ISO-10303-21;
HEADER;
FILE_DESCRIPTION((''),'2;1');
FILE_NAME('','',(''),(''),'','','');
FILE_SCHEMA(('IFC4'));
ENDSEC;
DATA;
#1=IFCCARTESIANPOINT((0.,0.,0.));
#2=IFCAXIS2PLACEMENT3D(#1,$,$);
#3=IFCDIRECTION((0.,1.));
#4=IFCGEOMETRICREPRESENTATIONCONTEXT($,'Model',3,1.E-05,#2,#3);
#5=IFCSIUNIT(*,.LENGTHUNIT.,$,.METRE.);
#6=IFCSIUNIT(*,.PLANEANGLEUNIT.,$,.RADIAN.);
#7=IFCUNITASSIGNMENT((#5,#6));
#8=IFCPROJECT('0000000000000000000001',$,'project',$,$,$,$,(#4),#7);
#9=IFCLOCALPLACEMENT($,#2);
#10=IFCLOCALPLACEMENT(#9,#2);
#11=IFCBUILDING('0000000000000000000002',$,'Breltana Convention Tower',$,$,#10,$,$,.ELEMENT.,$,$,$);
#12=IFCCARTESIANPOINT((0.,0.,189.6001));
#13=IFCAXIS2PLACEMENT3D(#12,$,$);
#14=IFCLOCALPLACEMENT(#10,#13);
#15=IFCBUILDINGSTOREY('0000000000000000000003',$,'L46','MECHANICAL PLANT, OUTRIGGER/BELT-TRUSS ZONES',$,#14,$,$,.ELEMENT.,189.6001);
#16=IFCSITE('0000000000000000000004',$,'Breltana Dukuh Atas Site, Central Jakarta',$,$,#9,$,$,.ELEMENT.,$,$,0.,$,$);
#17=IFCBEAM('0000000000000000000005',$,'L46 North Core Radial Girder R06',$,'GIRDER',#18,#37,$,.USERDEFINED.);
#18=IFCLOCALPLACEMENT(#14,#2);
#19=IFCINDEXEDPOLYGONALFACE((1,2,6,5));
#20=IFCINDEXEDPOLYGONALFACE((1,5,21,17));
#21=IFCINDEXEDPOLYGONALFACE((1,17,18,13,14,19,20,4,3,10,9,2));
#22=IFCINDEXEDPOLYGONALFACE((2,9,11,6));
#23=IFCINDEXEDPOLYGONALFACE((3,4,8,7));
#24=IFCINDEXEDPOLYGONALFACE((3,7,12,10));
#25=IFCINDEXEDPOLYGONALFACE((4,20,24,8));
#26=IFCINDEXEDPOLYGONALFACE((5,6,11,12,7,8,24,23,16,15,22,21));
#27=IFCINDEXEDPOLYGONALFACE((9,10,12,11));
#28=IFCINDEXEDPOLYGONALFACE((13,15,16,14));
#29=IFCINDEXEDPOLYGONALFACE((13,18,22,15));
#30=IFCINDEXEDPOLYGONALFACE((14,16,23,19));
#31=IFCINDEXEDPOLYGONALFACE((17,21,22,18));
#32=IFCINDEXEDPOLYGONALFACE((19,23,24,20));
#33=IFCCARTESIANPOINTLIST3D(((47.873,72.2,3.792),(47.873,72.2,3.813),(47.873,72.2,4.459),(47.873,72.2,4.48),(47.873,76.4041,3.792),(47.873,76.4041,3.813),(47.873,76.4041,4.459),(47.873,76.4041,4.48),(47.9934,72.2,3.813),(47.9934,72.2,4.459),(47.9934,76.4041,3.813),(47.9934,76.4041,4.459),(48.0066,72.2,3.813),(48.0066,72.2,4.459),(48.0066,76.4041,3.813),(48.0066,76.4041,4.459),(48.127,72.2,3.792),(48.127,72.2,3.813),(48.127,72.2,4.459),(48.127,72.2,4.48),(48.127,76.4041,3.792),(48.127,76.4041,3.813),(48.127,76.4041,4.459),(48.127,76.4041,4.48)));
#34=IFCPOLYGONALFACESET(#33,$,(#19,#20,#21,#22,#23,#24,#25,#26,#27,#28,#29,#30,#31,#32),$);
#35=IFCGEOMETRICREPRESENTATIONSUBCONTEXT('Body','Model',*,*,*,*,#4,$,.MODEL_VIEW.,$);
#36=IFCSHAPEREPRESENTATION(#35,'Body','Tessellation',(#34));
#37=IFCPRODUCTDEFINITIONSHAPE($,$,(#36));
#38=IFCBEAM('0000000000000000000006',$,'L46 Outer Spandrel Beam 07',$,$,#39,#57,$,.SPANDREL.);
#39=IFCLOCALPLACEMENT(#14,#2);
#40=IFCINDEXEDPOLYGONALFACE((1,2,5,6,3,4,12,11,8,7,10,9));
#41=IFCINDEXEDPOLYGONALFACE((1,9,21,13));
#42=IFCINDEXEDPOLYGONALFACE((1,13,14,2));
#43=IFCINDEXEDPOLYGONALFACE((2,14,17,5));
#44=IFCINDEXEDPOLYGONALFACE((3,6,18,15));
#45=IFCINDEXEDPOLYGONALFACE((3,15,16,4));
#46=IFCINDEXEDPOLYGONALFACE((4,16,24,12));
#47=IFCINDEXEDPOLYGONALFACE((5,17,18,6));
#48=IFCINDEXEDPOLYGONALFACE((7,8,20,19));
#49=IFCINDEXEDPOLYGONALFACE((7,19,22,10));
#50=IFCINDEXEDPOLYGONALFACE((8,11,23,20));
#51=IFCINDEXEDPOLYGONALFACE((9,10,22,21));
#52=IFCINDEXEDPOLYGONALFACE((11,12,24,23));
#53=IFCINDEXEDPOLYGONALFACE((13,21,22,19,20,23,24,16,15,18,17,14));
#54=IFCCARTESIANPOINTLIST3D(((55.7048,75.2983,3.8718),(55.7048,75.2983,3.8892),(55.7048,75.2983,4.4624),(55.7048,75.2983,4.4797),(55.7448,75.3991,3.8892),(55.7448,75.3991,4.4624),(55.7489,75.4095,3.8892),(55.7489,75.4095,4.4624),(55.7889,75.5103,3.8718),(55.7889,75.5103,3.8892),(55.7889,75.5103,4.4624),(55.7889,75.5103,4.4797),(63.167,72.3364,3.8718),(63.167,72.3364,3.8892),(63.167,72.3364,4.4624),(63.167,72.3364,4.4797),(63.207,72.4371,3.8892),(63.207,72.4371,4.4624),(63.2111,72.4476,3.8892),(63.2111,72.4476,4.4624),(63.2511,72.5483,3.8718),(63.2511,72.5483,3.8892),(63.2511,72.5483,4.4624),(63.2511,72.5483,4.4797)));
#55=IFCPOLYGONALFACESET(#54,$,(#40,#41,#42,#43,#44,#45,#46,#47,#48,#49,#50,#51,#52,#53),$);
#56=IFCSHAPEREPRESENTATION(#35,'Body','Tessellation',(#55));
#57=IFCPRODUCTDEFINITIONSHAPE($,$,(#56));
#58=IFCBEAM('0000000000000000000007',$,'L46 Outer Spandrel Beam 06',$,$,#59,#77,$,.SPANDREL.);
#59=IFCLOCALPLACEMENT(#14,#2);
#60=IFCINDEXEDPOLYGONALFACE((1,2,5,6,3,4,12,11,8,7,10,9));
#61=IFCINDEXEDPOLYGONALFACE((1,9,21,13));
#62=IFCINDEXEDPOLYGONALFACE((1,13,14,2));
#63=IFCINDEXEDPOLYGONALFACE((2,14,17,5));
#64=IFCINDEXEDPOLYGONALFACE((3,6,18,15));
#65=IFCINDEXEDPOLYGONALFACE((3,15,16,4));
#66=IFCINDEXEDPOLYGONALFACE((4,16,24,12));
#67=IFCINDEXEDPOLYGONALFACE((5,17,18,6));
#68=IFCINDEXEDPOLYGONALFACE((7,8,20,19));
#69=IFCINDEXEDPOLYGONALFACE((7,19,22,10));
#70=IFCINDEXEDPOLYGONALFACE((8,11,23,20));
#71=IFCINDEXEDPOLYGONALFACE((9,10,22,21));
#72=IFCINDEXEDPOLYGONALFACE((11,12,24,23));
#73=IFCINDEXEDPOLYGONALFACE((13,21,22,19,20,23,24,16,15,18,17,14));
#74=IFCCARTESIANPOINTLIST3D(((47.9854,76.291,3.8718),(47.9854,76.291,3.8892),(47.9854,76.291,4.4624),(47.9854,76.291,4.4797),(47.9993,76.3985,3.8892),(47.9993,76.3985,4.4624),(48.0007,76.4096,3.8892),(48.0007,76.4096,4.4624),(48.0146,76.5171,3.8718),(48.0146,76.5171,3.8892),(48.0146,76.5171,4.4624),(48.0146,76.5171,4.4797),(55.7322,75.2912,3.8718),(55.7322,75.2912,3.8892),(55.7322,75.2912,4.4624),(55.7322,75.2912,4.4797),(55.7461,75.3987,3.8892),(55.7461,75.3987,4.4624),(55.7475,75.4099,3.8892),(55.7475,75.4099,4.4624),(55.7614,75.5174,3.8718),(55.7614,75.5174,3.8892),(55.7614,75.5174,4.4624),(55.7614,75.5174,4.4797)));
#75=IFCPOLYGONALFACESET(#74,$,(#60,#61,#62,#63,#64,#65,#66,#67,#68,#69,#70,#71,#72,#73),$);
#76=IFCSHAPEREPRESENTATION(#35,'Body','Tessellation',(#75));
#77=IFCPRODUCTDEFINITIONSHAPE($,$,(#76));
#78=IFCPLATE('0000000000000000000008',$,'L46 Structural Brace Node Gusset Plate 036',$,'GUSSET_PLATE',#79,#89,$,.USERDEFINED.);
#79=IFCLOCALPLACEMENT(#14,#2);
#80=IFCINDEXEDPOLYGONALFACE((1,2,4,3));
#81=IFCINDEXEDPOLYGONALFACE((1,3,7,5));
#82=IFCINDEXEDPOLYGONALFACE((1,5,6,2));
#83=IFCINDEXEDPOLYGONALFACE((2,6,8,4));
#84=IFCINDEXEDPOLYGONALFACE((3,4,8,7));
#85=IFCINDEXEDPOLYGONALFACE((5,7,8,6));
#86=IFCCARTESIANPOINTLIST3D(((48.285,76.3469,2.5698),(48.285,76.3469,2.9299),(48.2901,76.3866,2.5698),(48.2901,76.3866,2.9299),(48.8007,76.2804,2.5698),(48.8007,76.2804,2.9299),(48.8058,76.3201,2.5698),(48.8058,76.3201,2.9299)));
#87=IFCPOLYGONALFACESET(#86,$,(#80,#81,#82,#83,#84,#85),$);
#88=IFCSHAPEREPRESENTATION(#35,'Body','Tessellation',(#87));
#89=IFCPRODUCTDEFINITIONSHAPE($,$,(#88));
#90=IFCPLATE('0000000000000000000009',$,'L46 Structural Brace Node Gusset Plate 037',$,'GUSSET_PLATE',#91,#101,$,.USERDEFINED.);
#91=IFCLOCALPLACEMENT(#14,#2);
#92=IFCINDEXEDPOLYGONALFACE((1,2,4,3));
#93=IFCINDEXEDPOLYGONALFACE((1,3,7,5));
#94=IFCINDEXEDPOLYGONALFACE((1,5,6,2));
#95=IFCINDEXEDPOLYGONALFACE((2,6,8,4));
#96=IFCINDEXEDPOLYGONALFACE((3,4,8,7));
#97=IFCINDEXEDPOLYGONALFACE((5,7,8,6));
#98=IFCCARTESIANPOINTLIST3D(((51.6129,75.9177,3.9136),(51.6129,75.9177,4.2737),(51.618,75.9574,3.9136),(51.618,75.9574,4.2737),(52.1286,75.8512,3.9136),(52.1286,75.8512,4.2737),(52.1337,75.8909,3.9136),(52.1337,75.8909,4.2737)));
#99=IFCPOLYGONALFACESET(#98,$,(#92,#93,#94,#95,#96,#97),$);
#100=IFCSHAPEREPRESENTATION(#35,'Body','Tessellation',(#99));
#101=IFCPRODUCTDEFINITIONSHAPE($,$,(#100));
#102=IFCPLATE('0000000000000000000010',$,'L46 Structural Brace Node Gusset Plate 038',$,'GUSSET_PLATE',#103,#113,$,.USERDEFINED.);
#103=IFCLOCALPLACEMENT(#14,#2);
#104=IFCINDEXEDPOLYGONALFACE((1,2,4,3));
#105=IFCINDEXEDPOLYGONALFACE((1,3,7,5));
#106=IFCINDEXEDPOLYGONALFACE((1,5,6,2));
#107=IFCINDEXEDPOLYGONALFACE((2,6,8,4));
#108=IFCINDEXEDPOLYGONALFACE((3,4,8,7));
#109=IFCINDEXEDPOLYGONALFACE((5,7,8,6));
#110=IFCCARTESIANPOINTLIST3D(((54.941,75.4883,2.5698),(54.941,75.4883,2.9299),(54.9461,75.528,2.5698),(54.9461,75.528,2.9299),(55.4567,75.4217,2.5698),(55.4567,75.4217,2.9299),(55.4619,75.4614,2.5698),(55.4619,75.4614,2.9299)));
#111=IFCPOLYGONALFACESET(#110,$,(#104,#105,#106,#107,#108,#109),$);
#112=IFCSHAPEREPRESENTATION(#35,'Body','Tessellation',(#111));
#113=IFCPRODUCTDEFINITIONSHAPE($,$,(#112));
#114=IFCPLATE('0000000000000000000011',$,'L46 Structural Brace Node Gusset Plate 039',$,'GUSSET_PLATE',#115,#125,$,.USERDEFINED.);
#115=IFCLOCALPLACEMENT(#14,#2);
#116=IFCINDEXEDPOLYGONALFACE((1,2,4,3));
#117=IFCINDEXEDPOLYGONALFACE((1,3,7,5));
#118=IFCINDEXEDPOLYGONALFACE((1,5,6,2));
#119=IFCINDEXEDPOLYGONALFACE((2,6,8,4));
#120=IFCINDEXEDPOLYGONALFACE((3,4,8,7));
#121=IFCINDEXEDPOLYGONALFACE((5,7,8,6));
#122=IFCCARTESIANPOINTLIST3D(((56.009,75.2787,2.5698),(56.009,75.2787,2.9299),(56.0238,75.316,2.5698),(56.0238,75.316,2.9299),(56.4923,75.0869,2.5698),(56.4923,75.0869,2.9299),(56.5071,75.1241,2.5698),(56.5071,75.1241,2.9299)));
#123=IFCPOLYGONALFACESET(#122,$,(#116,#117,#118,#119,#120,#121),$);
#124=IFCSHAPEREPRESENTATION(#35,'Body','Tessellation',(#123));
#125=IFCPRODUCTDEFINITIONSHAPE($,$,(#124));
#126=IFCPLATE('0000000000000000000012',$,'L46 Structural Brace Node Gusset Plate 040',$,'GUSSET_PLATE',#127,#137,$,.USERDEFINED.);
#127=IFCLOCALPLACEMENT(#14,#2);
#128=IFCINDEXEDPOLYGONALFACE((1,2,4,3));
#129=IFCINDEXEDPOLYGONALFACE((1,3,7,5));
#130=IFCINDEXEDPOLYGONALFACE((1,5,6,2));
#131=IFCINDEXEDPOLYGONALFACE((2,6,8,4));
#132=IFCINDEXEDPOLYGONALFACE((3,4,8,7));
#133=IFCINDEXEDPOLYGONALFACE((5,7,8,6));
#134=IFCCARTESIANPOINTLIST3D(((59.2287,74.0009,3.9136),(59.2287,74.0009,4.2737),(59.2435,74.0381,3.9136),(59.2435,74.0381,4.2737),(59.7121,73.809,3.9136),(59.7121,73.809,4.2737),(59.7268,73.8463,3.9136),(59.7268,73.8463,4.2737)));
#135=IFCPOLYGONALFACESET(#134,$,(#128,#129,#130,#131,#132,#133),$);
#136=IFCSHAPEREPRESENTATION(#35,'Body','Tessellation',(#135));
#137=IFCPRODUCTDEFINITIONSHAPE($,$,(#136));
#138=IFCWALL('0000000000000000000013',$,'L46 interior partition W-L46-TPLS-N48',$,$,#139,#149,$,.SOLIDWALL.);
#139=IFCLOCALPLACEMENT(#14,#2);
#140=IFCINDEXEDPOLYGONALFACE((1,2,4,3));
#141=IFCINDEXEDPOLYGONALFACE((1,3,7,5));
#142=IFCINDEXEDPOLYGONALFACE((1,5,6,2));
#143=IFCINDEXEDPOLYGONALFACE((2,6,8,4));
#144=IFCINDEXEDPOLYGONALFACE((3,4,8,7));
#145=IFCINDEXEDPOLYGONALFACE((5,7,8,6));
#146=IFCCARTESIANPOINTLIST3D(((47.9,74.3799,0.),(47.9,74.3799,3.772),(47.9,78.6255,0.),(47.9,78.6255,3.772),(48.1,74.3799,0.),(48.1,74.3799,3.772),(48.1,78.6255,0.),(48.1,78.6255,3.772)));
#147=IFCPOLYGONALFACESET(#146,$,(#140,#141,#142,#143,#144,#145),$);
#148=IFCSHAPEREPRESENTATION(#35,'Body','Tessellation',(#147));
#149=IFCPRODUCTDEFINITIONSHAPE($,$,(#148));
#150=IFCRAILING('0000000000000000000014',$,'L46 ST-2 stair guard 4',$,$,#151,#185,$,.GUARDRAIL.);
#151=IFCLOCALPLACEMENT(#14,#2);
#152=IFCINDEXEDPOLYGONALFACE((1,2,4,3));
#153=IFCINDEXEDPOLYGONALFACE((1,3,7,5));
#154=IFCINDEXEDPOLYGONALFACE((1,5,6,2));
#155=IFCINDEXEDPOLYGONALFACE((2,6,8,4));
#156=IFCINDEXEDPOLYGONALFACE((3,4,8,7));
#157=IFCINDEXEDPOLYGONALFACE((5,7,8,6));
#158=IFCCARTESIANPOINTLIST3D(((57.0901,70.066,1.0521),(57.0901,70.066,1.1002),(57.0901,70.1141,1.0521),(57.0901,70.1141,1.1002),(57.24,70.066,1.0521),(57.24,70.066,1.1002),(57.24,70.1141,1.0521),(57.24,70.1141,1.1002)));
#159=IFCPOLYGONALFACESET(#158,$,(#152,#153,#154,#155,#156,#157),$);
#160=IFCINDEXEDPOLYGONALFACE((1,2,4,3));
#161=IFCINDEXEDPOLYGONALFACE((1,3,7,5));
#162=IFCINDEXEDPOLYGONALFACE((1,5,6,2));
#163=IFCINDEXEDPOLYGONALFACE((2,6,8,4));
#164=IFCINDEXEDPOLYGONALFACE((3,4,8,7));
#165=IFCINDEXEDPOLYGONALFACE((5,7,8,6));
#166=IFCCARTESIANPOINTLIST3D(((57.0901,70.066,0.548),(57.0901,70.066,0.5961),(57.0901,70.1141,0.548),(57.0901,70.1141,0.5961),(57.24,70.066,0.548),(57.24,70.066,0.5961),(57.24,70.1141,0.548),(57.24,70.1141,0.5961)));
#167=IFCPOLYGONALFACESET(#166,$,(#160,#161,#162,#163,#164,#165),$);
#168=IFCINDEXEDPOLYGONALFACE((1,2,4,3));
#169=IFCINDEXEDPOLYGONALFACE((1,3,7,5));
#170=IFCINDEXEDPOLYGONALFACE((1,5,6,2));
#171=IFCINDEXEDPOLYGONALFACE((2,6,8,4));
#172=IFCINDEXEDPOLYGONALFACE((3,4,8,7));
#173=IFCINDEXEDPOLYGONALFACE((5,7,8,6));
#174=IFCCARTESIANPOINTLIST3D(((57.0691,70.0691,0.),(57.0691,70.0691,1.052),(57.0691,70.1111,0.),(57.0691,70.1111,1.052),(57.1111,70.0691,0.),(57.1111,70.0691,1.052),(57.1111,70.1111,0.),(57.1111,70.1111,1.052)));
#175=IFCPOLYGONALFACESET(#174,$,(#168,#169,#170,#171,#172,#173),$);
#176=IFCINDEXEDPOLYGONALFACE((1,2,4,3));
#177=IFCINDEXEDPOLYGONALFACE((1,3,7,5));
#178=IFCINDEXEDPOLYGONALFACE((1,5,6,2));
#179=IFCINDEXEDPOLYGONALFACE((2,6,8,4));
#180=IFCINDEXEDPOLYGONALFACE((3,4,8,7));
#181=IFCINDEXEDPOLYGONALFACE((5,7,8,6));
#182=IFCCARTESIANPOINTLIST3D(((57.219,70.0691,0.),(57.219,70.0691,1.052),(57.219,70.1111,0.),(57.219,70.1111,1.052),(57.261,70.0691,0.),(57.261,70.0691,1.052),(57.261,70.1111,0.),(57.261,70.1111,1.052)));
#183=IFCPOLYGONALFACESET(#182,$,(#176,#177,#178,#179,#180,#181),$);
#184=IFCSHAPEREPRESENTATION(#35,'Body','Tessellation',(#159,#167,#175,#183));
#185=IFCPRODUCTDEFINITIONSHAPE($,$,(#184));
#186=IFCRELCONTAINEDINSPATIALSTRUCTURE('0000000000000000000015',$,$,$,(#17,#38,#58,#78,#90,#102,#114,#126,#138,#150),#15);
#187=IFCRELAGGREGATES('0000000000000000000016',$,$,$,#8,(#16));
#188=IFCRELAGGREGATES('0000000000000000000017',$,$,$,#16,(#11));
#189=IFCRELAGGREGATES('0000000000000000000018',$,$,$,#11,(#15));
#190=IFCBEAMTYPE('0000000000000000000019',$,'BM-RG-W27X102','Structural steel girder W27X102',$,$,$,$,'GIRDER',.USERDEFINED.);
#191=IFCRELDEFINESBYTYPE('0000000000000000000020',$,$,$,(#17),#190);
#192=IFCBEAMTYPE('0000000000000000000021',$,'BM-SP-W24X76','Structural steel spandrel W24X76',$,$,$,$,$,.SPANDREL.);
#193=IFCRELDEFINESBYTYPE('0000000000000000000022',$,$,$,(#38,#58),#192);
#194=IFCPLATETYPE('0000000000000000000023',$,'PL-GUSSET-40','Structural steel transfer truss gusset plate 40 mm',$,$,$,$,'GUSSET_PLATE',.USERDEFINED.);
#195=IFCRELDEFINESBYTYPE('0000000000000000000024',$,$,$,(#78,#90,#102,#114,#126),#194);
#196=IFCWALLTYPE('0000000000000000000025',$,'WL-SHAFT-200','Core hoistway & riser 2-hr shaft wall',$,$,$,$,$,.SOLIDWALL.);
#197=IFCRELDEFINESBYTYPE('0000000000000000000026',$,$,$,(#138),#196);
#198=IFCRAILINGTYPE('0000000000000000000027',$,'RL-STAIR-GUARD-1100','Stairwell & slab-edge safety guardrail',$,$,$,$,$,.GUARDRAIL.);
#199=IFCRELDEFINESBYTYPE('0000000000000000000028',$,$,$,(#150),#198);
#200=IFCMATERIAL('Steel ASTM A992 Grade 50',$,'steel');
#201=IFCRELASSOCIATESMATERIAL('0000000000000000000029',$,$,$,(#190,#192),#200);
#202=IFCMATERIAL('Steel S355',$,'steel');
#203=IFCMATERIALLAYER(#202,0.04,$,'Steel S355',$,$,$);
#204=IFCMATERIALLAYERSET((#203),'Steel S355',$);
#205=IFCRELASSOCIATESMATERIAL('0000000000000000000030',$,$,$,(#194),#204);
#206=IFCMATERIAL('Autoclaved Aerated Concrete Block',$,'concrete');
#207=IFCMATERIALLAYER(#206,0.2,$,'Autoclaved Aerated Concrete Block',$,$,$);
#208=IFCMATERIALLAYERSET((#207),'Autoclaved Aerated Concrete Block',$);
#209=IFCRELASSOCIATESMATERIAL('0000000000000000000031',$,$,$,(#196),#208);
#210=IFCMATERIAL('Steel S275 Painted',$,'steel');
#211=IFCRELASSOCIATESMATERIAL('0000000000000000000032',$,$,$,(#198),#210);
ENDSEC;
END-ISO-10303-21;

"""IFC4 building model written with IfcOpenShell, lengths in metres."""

from ifc_helpers import new_model, si_unit, direction, frame, frame_2d, origin, origin_2d, place, context, subcontext, project, spatial, rectangle, i_section, extrude, source, transform, mapped, material, layer, layer_set, material_profile, profile_set, type_object, element, save


model = new_model("IFC4")

# Units and contexts
model_context = context("Model", 3, precision=1e-05, world=origin(), true_north=direction((0.0, 1.0)))
body_context = subcontext(model_context, "Body", "Model", "MODEL_VIEW")
ifc_project = project(units=[si_unit("LENGTHUNIT", "METRE"), si_unit("PLANEANGLEUNIT", "RADIAN")], contexts=[model_context])

# Site, building, storey
site_placement = place(None, origin())
site = spatial("IfcSite", under=ifc_project, at=site_placement, Name="Breltana Dukuh Atas Site, Central Jakarta", CompositionType="ELEMENT", RefElevation=0.0)
building_placement = place(site_placement, origin())
building = spatial("IfcBuilding", under=site, at=building_placement, Name="Breltana Convention Tower", CompositionType="ELEMENT")
storey_placement = place(building_placement, frame((0.0, 0.0, 189.6001)))
storey = spatial("IfcBuildingStorey", under=building, at=storey_placement, Name="L46", Description="MECHANICAL PLANT, OUTRIGGER/BELT-TRUSS ZONES", CompositionType="ELEMENT", Elevation=189.6001)

# Shared definitions
ifc_material_1 = material(Name="Steel ASTM A992 Grade 50", Category="steel")

# Beams
ifc_material_profile_1 = material_profile(ifc_material_1, i_section(OverallWidth=0.2539, OverallDepth=0.688, WebThickness=0.0132, FlangeThickness=0.021, at=origin_2d()), Name="W27X102")
ifc_profile_set_1 = profile_set([ifc_material_profile_1], Name="Steel ASTM A992 Grade 50")
beam_type_1 = type_object("IfcBeamType", Name="BM-RG-W27X102", Description="Structural steel girder W27X102", ElementType="GIRDER", PredefinedType="USERDEFINED", material=ifc_profile_set_1)
shared_shape_1 = source(origin(), body_context, "Body", "SweptSolid", [
    extrude(i_section(OverallWidth=0.2539, OverallDepth=0.688, WebThickness=0.0132, FlangeThickness=0.021, at=origin_2d()), origin(), (0.0, 0.0, 1.0), 4.2041),
])
beam_1_placement = place(storey_placement, frame((48.0, 72.2, 4.136), z_axis=(0.0, 1.0, 0.0), x_axis=(-1.0, 0.0, 0.0)))
element("IfcBeam", 1, at=beam_1_placement, inside=storey, type_object=beam_type_1, Name="L46 North Core Radial Girder R06", ObjectType="GIRDER", PredefinedType="USERDEFINED", context=body_context, shape_type="MappedRepresentation", body=[
    mapped(shared_shape_1, transform((0.0, 0.0, 0.0), scale=1.0)),
])
ifc_material_profile_2 = material_profile(ifc_material_1, i_section(OverallWidth=0.228, OverallDepth=0.6079, WebThickness=0.0112, FlangeThickness=0.0173, at=origin_2d()), Name="W24X76")
ifc_profile_set_2 = profile_set([ifc_material_profile_2], Name="Steel ASTM A992 Grade 50")
beam_type_2 = type_object("IfcBeamType", Name="BM-SP-W24X76", Description="Structural steel spandrel W24X76", PredefinedType="SPANDREL", material=ifc_profile_set_2)
shared_shape_2 = source(origin(), body_context, "Body", "SweptSolid", [
    extrude(i_section(OverallWidth=0.228, OverallDepth=0.6079, WebThickness=0.0112, FlangeThickness=0.0173, at=origin_2d()), origin(), (0.0, 0.0, 1.0), 8.0286),
])
beam_2_placement = place(storey_placement, frame((55.7468, 75.4043, 4.1758), z_axis=(0.929459, -0.368925, 0.0), x_axis=(0.368925, 0.929459, 0.0)))
element("IfcBeam", 2, at=beam_2_placement, inside=storey, type_object=beam_type_2, Name="L46 Outer Spandrel Beam 07", PredefinedType="SPANDREL", context=body_context, shape_type="MappedRepresentation", body=[
    mapped(shared_shape_2, transform((0.0, 0.0, 0.0), scale=1.0)),
])
shared_shape_3 = source(origin(), body_context, "Body", "SweptSolid", [
    extrude(i_section(OverallWidth=0.228, OverallDepth=0.6079, WebThickness=0.0112, FlangeThickness=0.0173, at=origin_2d()), origin(), (0.0, 0.0, 1.0), 7.811),
])
beam_3_placement = place(storey_placement, frame((48.0, 76.4041, 4.1758), z_axis=(0.991775, -0.127992, 0.0), x_axis=(0.127992, 0.991775, 0.0)))
element("IfcBeam", 3, at=beam_3_placement, inside=storey, type_object=beam_type_2, Name="L46 Outer Spandrel Beam 06", PredefinedType="SPANDREL", context=body_context, shape_type="MappedRepresentation", body=[
    mapped(shared_shape_3, transform((0.0, 0.0, 0.0), scale=1.0)),
])

# Plates
ifc_material_2 = material(Name="Steel S355", Category="steel")
ifc_layer_1 = layer(ifc_material_2, 0.04, Name="Steel S355")
ifc_layer_set_1 = layer_set([ifc_layer_1], Name="Steel S355")
plate_type = type_object("IfcPlateType", Name="PL-GUSSET-40", Description="Structural steel transfer truss gusset plate 40 mm", ElementType="GUSSET_PLATE", PredefinedType="USERDEFINED", material=ifc_layer_set_1)
shared_shape_4 = source(origin(), body_context, "Body", "SweptSolid", [
    extrude(rectangle(XDim=0.52, YDim=0.04, at=origin_2d()), origin(), (0.0, 0.0, 1.0), 0.3601),
])
for number, where, z_axis, x_axis, name in (
    (4, (48.5454, 76.3335, 2.5698), (0.0, 0.0, 1.0), (0.991783, -0.12793, 0.0), "L46 Structural Brace Node Gusset Plate 036"),
    (5, (51.8733, 75.9043, 3.9136), (0.0, 0.0, 1.0), (0.991783, -0.12793, 0.0), "L46 Structural Brace Node Gusset Plate 037"),
    (6, (55.2014, 75.4749, 2.5698), (0.0, 0.0, 1.0), (0.991783, -0.12793, 0.0), "L46 Structural Brace Node Gusset Plate 038"),
    (7, (56.2581, 75.2014, 2.5698), (0.0, 0.0, 1.0), (0.929455, -0.368936, 0.0), "L46 Structural Brace Node Gusset Plate 039"),
    (8, (59.4778, 73.9236, 3.9136), (0.0, 0.0, 1.0), (0.929455, -0.368936, 0.0), "L46 Structural Brace Node Gusset Plate 040"),
):
    element("IfcPlate", number, at=place(storey_placement, frame(where, z_axis=z_axis, x_axis=x_axis)), inside=storey, type_object=plate_type, Name=name, ObjectType="GUSSET_PLATE", PredefinedType="USERDEFINED", context=body_context, shape_type="MappedRepresentation", body=[
        mapped(shared_shape_4, transform((0.0, 0.0, 0.0), scale=1.0)),
    ])

# Wall
ifc_material_3 = material(Name="Autoclaved Aerated Concrete Block", Category="concrete")
ifc_layer_2 = layer(ifc_material_3, 0.2, Name="Autoclaved Aerated Concrete Block")
ifc_layer_set_2 = layer_set([ifc_layer_2], Name="Autoclaved Aerated Concrete Block")
wall_type = type_object("IfcWallType", Name="WL-SHAFT-200", Description="Core hoistway & riser 2-hr shaft wall", PredefinedType="SOLIDWALL", material=ifc_layer_set_2)
shared_shape_5 = source(origin(), body_context, "Body", "SweptSolid", [
    extrude(rectangle(XDim=4.2456, YDim=0.2, at=frame_2d((2.1228, 0.0))), origin(), (0.0, 0.0, 1.0), 3.772),
])
wall_placement = place(storey_placement, frame((48.0, 74.3799, 0.0), z_axis=(0.0, 0.0, 1.0), x_axis=(0.0, 1.0, 0.0)))
element("IfcWall", 9, at=wall_placement, inside=storey, type_object=wall_type, Name="L46 interior partition W-L46-TPLS-N48", PredefinedType="SOLIDWALL", context=body_context, shape_type="MappedRepresentation", body=[
    mapped(shared_shape_5, transform((0.0, 0.0, 0.0), scale=1.0)),
])

# Railing
ifc_material_4 = material(Name="Steel S275 Painted", Category="steel")
railing_type_1 = type_object("IfcRailingType", Name="RL-STAIR-GUARD-1100", Description="Stairwell & slab-edge safety guardrail", PredefinedType="GUARDRAIL", material=ifc_material_4)
railing_1_placement = place(storey_placement, frame((57.0901, 70.0901, 0.0)))
element("IfcRailing", 10, at=railing_1_placement, inside=storey, type_object=railing_type_1, Name="L46 ST-2 stair guard 4", PredefinedType="GUARDRAIL", context=body_context, shape_type="SweptSolid", body=[
    extrude(rectangle(XDim=0.0481, YDim=0.0481, at=origin_2d()), frame((0.0, 0.0, 1.0762), z_axis=(1.0, 0.0, 0.0), x_axis=(0.0, 1.0, 0.0)), (0.0, 0.0, 1.0), 0.1499),
    extrude(rectangle(XDim=0.0481, YDim=0.0481, at=origin_2d()), frame((0.0, 0.0, 0.572), z_axis=(1.0, 0.0, 0.0), x_axis=(0.0, 1.0, 0.0)), (0.0, 0.0, 1.0), 0.1499),
    extrude(rectangle(XDim=0.042, YDim=0.042, at=origin_2d()), origin(), (0.0, 0.0, 1.0), 1.052),
    extrude(rectangle(XDim=0.042, YDim=0.042, at=origin_2d()), frame((0.1499, 0.0, 0.0)), (0.0, 0.0, 1.0), 1.052),
])

save(model, "model.ifc")
